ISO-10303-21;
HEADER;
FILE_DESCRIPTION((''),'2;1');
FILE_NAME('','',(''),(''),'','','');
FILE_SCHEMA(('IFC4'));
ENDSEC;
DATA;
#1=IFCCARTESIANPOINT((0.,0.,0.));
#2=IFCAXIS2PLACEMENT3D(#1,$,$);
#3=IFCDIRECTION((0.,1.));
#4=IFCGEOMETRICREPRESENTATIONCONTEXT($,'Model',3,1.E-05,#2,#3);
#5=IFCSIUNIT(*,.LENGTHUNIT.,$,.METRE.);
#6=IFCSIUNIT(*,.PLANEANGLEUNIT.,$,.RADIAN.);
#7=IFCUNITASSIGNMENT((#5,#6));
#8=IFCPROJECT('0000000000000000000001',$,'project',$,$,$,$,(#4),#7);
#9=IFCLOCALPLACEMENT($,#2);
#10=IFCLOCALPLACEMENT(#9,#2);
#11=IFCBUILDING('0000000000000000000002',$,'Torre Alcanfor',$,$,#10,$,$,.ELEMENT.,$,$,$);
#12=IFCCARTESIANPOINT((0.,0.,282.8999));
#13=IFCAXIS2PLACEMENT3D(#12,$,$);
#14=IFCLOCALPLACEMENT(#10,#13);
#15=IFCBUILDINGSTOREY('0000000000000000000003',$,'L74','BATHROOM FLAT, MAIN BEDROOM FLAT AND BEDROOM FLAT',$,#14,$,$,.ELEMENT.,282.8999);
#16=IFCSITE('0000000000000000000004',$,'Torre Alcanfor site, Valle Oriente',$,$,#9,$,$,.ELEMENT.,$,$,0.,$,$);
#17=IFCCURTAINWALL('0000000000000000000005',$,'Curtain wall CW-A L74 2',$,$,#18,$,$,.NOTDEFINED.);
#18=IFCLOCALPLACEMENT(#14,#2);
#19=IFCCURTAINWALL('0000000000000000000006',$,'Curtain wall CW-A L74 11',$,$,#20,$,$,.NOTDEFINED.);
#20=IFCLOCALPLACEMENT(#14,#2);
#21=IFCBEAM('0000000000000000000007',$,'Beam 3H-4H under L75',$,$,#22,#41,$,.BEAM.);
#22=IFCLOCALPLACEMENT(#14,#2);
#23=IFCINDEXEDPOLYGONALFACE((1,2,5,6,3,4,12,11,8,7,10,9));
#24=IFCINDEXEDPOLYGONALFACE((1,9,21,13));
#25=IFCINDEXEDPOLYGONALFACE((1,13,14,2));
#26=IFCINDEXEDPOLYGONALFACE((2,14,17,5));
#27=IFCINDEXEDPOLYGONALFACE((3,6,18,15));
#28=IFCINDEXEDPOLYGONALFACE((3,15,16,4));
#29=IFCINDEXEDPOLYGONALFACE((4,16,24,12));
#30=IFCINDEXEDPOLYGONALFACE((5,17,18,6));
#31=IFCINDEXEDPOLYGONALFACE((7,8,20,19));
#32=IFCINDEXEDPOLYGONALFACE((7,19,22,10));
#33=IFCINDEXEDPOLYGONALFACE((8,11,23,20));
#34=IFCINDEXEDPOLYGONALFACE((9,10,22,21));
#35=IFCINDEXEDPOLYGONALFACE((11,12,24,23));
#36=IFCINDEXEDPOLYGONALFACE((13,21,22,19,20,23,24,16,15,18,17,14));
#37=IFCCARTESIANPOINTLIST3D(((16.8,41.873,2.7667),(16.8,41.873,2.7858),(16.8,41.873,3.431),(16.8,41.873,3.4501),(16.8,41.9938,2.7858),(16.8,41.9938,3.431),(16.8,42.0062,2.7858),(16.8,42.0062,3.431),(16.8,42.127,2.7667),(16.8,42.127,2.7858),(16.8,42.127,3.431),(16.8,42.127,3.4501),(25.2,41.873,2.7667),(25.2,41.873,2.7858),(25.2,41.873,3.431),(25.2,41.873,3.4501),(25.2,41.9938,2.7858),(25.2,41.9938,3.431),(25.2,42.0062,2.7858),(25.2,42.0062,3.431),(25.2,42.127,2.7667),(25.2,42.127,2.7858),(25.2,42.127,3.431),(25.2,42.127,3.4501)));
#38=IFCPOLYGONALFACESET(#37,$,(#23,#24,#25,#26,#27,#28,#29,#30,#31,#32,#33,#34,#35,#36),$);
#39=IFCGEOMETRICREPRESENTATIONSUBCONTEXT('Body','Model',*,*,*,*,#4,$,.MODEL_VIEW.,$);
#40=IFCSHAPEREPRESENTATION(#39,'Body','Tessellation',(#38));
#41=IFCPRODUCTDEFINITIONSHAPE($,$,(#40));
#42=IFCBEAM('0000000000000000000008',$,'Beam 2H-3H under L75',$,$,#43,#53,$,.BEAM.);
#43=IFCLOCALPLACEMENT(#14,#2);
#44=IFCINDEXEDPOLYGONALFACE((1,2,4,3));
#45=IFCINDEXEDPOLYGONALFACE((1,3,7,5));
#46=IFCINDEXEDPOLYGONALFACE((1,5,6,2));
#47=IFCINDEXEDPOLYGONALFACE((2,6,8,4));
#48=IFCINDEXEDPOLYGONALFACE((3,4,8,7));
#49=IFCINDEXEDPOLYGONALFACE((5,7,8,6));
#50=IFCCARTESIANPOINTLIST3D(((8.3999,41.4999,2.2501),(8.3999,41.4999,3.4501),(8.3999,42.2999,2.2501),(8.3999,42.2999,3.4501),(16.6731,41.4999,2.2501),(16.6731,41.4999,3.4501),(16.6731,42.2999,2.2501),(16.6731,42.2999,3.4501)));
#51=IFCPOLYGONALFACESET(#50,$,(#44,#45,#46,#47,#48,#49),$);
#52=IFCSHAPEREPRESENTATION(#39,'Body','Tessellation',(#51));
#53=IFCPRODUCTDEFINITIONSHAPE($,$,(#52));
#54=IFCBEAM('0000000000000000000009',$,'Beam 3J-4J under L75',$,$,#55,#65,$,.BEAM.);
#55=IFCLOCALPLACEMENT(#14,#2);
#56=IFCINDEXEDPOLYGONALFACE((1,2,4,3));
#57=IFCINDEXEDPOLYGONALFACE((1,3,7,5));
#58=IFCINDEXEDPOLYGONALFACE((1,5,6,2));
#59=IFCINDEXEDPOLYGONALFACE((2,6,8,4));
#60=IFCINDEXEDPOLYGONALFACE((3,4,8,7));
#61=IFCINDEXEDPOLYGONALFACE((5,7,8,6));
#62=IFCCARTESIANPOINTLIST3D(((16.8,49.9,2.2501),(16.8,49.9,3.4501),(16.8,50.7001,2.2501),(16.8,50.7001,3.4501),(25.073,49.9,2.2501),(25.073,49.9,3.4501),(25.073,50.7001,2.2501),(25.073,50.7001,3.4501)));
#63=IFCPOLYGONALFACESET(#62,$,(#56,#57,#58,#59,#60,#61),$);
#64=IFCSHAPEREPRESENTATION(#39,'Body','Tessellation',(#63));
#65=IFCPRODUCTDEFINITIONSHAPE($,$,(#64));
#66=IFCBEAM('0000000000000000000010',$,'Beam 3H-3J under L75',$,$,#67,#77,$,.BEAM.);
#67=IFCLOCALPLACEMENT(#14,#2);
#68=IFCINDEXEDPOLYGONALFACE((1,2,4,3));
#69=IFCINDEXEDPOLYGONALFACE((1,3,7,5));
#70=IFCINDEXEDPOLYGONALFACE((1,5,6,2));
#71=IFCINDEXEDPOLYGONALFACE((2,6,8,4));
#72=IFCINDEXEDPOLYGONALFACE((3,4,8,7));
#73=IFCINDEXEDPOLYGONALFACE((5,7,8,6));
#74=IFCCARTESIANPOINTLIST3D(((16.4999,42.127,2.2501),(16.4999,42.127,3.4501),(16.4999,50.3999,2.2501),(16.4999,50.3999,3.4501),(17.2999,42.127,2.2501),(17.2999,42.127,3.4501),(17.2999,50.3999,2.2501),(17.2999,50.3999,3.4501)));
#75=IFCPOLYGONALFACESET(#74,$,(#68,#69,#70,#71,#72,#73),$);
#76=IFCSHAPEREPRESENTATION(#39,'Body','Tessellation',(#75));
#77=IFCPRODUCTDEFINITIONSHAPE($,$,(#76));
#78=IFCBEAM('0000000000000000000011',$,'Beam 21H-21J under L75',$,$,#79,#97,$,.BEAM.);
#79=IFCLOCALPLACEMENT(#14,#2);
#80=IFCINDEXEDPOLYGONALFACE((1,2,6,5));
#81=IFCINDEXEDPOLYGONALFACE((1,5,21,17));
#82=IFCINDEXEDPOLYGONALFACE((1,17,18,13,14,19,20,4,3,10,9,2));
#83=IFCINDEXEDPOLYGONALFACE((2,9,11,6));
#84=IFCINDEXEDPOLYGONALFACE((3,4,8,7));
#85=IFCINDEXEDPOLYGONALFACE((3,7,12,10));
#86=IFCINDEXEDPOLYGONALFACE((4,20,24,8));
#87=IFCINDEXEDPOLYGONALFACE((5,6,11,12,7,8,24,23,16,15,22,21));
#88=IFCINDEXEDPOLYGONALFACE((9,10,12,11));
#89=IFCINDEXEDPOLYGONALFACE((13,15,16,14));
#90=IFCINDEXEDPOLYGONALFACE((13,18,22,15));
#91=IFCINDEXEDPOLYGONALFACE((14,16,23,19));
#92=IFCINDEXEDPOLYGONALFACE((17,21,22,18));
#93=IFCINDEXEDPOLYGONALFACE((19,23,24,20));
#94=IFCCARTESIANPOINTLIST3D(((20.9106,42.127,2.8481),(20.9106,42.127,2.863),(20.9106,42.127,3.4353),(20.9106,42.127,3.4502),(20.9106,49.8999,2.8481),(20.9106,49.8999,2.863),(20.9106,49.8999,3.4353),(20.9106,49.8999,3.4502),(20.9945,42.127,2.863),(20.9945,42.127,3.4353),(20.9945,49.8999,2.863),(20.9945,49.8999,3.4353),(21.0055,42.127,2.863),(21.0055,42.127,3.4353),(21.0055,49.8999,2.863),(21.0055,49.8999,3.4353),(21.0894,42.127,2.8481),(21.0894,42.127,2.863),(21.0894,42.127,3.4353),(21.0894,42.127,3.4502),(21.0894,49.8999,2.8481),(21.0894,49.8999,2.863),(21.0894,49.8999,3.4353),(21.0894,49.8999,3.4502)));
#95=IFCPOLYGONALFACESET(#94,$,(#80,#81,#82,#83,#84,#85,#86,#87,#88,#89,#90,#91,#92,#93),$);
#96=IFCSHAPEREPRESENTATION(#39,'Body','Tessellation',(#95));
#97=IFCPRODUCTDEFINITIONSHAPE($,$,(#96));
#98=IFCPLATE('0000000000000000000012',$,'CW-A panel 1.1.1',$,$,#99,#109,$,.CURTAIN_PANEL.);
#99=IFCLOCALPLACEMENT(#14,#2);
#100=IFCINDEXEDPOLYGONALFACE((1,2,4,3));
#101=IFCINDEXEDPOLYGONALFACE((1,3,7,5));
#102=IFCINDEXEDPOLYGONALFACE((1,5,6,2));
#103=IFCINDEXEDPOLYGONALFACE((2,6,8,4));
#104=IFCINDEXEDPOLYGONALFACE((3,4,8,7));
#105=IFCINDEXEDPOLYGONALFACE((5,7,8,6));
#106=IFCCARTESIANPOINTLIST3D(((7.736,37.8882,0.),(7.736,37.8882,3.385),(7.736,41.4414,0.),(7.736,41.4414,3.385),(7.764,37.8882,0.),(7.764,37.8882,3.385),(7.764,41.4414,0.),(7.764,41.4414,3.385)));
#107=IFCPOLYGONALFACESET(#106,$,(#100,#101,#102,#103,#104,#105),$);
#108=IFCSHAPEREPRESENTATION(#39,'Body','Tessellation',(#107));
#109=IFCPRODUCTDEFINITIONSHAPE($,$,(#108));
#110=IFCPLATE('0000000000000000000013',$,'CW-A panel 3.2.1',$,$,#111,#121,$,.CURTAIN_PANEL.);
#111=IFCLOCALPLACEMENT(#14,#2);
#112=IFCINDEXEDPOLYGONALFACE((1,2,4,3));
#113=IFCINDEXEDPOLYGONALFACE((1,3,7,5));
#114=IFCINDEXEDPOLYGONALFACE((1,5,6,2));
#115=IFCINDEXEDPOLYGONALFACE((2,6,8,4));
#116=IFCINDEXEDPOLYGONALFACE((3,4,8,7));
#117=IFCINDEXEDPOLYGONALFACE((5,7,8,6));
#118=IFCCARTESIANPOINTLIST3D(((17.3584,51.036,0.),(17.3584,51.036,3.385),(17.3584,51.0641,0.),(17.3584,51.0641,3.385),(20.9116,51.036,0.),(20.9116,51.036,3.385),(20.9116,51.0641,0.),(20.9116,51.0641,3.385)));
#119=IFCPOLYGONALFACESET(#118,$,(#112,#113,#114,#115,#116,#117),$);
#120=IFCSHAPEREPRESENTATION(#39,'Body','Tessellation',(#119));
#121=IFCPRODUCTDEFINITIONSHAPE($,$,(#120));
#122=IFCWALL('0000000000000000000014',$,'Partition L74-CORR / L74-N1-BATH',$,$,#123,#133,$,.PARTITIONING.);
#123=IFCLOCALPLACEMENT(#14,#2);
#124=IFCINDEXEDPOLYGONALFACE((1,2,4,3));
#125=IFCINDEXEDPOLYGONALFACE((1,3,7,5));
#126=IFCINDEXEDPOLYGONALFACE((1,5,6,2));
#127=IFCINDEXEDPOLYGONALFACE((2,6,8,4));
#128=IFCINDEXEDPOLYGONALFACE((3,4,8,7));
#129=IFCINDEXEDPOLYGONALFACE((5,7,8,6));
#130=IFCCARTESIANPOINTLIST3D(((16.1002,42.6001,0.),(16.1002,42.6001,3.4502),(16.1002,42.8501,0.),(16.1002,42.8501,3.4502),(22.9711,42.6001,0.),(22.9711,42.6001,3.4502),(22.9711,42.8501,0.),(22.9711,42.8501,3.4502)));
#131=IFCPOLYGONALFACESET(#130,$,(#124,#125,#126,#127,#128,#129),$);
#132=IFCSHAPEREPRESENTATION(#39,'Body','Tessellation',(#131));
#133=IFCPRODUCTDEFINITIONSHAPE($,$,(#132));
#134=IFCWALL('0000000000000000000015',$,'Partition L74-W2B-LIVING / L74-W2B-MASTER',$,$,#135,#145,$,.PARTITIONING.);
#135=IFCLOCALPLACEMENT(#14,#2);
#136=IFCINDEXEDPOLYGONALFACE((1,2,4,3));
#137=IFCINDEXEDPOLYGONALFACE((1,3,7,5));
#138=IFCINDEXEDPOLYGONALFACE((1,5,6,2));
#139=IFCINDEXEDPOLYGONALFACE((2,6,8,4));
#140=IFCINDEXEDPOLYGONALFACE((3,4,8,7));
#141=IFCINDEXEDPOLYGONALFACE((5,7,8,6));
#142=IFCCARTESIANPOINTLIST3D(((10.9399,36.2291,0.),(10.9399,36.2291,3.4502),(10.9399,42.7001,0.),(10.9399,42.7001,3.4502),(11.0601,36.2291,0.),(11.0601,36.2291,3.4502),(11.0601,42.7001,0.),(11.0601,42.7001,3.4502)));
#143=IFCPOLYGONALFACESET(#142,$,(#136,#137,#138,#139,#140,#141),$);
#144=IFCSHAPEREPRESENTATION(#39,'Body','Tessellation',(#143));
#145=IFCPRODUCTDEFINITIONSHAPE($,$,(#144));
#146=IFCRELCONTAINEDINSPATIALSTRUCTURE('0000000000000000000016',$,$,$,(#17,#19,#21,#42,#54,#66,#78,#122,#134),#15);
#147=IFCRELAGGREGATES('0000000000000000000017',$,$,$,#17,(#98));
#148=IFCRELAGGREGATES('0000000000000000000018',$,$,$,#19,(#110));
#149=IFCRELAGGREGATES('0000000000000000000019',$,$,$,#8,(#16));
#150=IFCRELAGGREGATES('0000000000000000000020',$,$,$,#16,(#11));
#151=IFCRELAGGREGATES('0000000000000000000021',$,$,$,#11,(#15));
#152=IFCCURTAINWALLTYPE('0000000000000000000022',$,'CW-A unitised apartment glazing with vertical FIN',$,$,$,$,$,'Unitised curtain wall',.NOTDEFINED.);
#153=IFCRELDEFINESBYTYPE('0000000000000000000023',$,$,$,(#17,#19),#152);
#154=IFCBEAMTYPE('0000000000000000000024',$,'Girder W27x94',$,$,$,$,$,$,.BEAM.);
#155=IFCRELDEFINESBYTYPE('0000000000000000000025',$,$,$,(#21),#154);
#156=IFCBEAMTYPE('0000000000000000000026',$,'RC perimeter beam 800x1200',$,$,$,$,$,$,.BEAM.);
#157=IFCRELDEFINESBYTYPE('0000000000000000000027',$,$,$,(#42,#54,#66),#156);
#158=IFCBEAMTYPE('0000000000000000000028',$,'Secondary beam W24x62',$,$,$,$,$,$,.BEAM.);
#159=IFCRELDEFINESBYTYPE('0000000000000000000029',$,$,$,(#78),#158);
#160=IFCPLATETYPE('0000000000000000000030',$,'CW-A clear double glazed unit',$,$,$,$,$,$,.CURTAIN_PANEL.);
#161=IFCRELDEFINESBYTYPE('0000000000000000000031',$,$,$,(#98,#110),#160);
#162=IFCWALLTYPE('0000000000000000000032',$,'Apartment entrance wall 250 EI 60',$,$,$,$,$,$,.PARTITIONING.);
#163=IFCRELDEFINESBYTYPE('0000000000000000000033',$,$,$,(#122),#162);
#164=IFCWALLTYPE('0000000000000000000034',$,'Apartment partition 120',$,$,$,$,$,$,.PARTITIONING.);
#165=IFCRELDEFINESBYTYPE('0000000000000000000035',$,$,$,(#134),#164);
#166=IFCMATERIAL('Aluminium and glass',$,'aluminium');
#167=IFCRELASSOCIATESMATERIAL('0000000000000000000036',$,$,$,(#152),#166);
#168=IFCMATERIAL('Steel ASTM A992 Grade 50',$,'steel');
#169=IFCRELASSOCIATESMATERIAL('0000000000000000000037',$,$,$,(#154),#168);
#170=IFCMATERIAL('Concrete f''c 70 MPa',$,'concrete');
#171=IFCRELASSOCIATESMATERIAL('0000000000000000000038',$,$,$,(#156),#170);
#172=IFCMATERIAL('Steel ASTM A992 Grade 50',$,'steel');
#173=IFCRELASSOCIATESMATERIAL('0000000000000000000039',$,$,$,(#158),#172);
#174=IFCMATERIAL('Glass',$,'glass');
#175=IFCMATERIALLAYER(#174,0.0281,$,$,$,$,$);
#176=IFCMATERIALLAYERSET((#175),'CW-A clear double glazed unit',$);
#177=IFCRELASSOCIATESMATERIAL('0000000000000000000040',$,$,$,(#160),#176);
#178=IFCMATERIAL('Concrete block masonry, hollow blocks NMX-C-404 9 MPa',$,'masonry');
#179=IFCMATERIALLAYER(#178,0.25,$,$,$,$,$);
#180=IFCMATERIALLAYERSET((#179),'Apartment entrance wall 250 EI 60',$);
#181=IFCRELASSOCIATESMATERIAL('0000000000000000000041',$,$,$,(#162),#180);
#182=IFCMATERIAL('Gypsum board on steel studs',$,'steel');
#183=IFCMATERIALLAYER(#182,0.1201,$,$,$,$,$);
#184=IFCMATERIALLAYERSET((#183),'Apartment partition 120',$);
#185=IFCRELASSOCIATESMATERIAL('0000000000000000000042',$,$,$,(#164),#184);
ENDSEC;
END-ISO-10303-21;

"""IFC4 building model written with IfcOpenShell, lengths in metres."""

from ifc_helpers import new_model, si_unit, direction, frame, frame_2d, origin, origin_2d, place, context, subcontext, project, spatial, rectangle, i_section, extrude, material, layer, layer_set, material_profile, profile_set, type_object, element, aggregate, save


model = new_model("IFC4")

# Units and contexts
model_context = context("Model", 3, precision=1e-05, world=origin(), true_north=direction((0.0, 1.0)))
body_context = subcontext(model_context, "Body", "Model", "MODEL_VIEW")
ifc_project = project(units=[si_unit("LENGTHUNIT", "METRE"), si_unit("PLANEANGLEUNIT", "RADIAN")], contexts=[model_context])

# Site, building, storey
site_placement = place(None, origin())
site = spatial("IfcSite", under=ifc_project, at=site_placement, Name="Torre Alcanfor site, Valle Oriente", CompositionType="ELEMENT", RefElevation=0.0)
building_placement = place(site_placement, origin())
building = spatial("IfcBuilding", under=site, at=building_placement, Name="Torre Alcanfor", CompositionType="ELEMENT")
storey_placement = place(building_placement, frame((0.0, 0.0, 282.8999)))
storey = spatial("IfcBuildingStorey", under=building, at=storey_placement, Name="L74", Description="BATHROOM FLAT, MAIN BEDROOM FLAT AND BEDROOM FLAT", CompositionType="ELEMENT", Elevation=282.8999)

# Curtain wall
ifc_material_1 = material(Name="Aluminium and glass", Category="aluminium")
curtain_wall_type = type_object("IfcCurtainWallType", Name="CW-A unitised apartment glazing with vertical FIN", ElementType="Unitised curtain wall", PredefinedType="NOTDEFINED", material=ifc_material_1)
curtain_wall_1_placement = place(storey_placement, origin())
curtain_wall_1 = element("IfcCurtainWall", 1, at=curtain_wall_1_placement, inside=storey, type_object=curtain_wall_type, Name="Curtain wall CW-A L74 2", PredefinedType="NOTDEFINED")

# Curtain wall
curtain_wall_2_placement = place(storey_placement, origin())
curtain_wall_2 = element("IfcCurtainWall", 2, at=curtain_wall_2_placement, inside=storey, type_object=curtain_wall_type, Name="Curtain wall CW-A L74 11", PredefinedType="NOTDEFINED")

# Beams
ifc_material_2 = material(Name="Steel ASTM A992 Grade 50", Category="steel")
ifc_material_profile_1 = material_profile(ifc_material_2, i_section(OverallWidth=0.2539, OverallDepth=0.6833, WebThickness=0.0125, FlangeThickness=0.019, at=origin_2d()), Name="W27x94")
ifc_profile_set_1 = profile_set([ifc_material_profile_1], Name="Steel ASTM A992 Grade 50")
beam_type_1 = type_object("IfcBeamType", Name="Girder W27x94", PredefinedType="BEAM", material=ifc_profile_set_1)
beam_1_placement = place(storey_placement, frame((16.8, 42.0, 3.1084), z_axis=(1.0, 0.0, 0.0), x_axis=(0.0, 1.0, 0.0)))
element("IfcBeam", 3, at=beam_1_placement, inside=storey, type_object=beam_type_1, Name="Beam 3H-4H under L75", PredefinedType="BEAM", context=body_context, shape_type="SweptSolid", body=[
    extrude(i_section(OverallWidth=0.2539, OverallDepth=0.6833, WebThickness=0.0125, FlangeThickness=0.019, at=origin_2d()), origin(), (0.0, 0.0, 1.0), 8.3999),
])
ifc_material_3 = material(Name="Concrete f'c 70 MPa", Category="concrete")
ifc_material_profile_2 = material_profile(ifc_material_3, rectangle(XDim=0.8, YDim=1.2, at=origin_2d()), Name="800x1200")
ifc_profile_set_2 = profile_set([ifc_material_profile_2], Name="Concrete f'c 70 MPa")
beam_type_2 = type_object("IfcBeamType", Name="RC perimeter beam 800x1200", PredefinedType="BEAM", material=ifc_profile_set_2)
beam_2_placement = place(storey_placement, frame((8.3999, 41.8999, 2.8501), z_axis=(1.0, 0.0, 0.0), x_axis=(0.0, 1.0, 0.0)))
element("IfcBeam", 4, at=beam_2_placement, inside=storey, type_object=beam_type_2, Name="Beam 2H-3H under L75", PredefinedType="BEAM", context=body_context, shape_type="SweptSolid", body=[
    extrude(rectangle(XDim=0.8, YDim=1.2, at=origin_2d()), origin(), (0.0, 0.0, 1.0), 8.2732),
])
for number, where, z_axis, x_axis, name in (
    (5, (16.8, 50.3, 2.8501), (1.0, 0.0, 0.0), (0.0, 1.0, 0.0), "Beam 3J-4J under L75"),
    (6, (16.8999, 42.127, 2.8501), (0.0, 1.0, 0.0), (-1.0, 0.0, 0.0), "Beam 3H-3J under L75"),
):
    element("IfcBeam", number, at=place(storey_placement, frame(where, z_axis=z_axis, x_axis=x_axis)), inside=storey, type_object=beam_type_2, Name=name, PredefinedType="BEAM", context=body_context, shape_type="SweptSolid", body=[
        extrude(rectangle(XDim=0.8, YDim=1.2, at=origin_2d()), origin(), (0.0, 0.0, 1.0), 8.2729),
    ])
ifc_material_4 = material(Name="Steel ASTM A992 Grade 50", Category="steel")
ifc_material_profile_3 = material_profile(ifc_material_4, i_section(OverallWidth=0.1787, OverallDepth=0.6021, WebThickness=0.011, FlangeThickness=0.0149, at=origin_2d()), Name="W24x62")
ifc_profile_set_3 = profile_set([ifc_material_profile_3], Name="Steel ASTM A992 Grade 50")
beam_type_3 = type_object("IfcBeamType", Name="Secondary beam W24x62", PredefinedType="BEAM", material=ifc_profile_set_3)
beam_3_placement = place(storey_placement, frame((21.0, 42.127, 3.1492), z_axis=(0.0, 1.0, 0.0), x_axis=(-1.0, 0.0, 0.0)))
element("IfcBeam", 7, at=beam_3_placement, inside=storey, type_object=beam_type_3, Name="Beam 21H-21J under L75", PredefinedType="BEAM", context=body_context, shape_type="SweptSolid", body=[
    extrude(i_section(OverallWidth=0.1787, OverallDepth=0.6021, WebThickness=0.011, FlangeThickness=0.0149, at=origin_2d()), origin(), (0.0, 0.0, 1.0), 7.7729),
])

# Plates
ifc_material_5 = material(Name="Glass", Category="glass")
ifc_layer_1 = layer(ifc_material_5, 0.0281)
ifc_layer_set_1 = layer_set([ifc_layer_1], Name="CW-A clear double glazed unit")
plate_type = type_object("IfcPlateType", Name="CW-A clear double glazed unit", PredefinedType="CURTAIN_PANEL", material=ifc_layer_set_1)
plate_1_placement = place(storey_placement, frame((7.75, 39.6648, 0.0), z_axis=(0.0, 0.0, 1.0), x_axis=(0.0, -1.0, 0.0)))
plate_1 = element("IfcPlate", 8, at=plate_1_placement, type_object=plate_type, Name="CW-A panel 1.1.1", PredefinedType="CURTAIN_PANEL", context=body_context, shape_type="SweptSolid", body=[
    extrude(rectangle(XDim=3.5532, YDim=0.0281, at=origin_2d()), origin(), (0.0, 0.0, 1.0), 3.385),
])
aggregate(curtain_wall_1, [plate_1])
plate_2_placement = place(storey_placement, frame((19.135, 51.05, 0.0), z_axis=(0.0, 0.0, 1.0), x_axis=(-1.0, 0.0, 0.0)))
plate_2 = element("IfcPlate", 9, at=plate_2_placement, type_object=plate_type, Name="CW-A panel 3.2.1", PredefinedType="CURTAIN_PANEL", context=body_context, shape_type="SweptSolid", body=[
    extrude(rectangle(XDim=3.5532, YDim=0.0281, at=origin_2d()), origin(), (0.0, 0.0, 1.0), 3.385),
])
aggregate(curtain_wall_2, [plate_2])

# Walls
ifc_material_6 = material(Name="Concrete block masonry, hollow blocks NMX-C-404 9 MPa", Category="masonry")
ifc_layer_2 = layer(ifc_material_6, 0.25)
ifc_layer_set_2 = layer_set([ifc_layer_2], Name="Apartment entrance wall 250 EI 60")
wall_type_1 = type_object("IfcWallType", Name="Apartment entrance wall 250 EI 60", PredefinedType="PARTITIONING", material=ifc_layer_set_2)
wall_1_placement = place(storey_placement, frame((16.1001, 42.7251, 0.0), z_axis=(0.0, 0.0, 1.0), x_axis=(1.0, 0.0, 0.0)))
element("IfcWall", 10, at=wall_1_placement, inside=storey, type_object=wall_type_1, Name="Partition L74-CORR / L74-N1-BATH", PredefinedType="PARTITIONING", context=body_context, shape_type="SweptSolid", body=[
    extrude(rectangle(XDim=6.8708, YDim=0.25, at=frame_2d((3.4355, 0.0))), origin(), (0.0, 0.0, 1.0), 3.4502),
])
ifc_material_7 = material(Name="Gypsum board on steel studs", Category="steel")
ifc_layer_3 = layer(ifc_material_7, 0.1201)
ifc_layer_set_3 = layer_set([ifc_layer_3], Name="Apartment partition 120")
wall_type_2 = type_object("IfcWallType", Name="Apartment partition 120", PredefinedType="PARTITIONING", material=ifc_layer_set_3)
wall_2_placement = place(storey_placement, frame((11.0, 42.7, 0.0), z_axis=(0.0, 0.0, 1.0), x_axis=(0.0, -1.0, 0.0)))
element("IfcWall", 11, at=wall_2_placement, inside=storey, type_object=wall_type_2, Name="Partition L74-W2B-LIVING / L74-W2B-MASTER", PredefinedType="PARTITIONING", context=body_context, shape_type="SweptSolid", body=[
    extrude(rectangle(XDim=6.4709, YDim=0.1201, at=frame_2d((3.2354, 0.0))), origin(), (0.0, 0.0, 1.0), 3.4502),
])

save(model, "model.ifc")
